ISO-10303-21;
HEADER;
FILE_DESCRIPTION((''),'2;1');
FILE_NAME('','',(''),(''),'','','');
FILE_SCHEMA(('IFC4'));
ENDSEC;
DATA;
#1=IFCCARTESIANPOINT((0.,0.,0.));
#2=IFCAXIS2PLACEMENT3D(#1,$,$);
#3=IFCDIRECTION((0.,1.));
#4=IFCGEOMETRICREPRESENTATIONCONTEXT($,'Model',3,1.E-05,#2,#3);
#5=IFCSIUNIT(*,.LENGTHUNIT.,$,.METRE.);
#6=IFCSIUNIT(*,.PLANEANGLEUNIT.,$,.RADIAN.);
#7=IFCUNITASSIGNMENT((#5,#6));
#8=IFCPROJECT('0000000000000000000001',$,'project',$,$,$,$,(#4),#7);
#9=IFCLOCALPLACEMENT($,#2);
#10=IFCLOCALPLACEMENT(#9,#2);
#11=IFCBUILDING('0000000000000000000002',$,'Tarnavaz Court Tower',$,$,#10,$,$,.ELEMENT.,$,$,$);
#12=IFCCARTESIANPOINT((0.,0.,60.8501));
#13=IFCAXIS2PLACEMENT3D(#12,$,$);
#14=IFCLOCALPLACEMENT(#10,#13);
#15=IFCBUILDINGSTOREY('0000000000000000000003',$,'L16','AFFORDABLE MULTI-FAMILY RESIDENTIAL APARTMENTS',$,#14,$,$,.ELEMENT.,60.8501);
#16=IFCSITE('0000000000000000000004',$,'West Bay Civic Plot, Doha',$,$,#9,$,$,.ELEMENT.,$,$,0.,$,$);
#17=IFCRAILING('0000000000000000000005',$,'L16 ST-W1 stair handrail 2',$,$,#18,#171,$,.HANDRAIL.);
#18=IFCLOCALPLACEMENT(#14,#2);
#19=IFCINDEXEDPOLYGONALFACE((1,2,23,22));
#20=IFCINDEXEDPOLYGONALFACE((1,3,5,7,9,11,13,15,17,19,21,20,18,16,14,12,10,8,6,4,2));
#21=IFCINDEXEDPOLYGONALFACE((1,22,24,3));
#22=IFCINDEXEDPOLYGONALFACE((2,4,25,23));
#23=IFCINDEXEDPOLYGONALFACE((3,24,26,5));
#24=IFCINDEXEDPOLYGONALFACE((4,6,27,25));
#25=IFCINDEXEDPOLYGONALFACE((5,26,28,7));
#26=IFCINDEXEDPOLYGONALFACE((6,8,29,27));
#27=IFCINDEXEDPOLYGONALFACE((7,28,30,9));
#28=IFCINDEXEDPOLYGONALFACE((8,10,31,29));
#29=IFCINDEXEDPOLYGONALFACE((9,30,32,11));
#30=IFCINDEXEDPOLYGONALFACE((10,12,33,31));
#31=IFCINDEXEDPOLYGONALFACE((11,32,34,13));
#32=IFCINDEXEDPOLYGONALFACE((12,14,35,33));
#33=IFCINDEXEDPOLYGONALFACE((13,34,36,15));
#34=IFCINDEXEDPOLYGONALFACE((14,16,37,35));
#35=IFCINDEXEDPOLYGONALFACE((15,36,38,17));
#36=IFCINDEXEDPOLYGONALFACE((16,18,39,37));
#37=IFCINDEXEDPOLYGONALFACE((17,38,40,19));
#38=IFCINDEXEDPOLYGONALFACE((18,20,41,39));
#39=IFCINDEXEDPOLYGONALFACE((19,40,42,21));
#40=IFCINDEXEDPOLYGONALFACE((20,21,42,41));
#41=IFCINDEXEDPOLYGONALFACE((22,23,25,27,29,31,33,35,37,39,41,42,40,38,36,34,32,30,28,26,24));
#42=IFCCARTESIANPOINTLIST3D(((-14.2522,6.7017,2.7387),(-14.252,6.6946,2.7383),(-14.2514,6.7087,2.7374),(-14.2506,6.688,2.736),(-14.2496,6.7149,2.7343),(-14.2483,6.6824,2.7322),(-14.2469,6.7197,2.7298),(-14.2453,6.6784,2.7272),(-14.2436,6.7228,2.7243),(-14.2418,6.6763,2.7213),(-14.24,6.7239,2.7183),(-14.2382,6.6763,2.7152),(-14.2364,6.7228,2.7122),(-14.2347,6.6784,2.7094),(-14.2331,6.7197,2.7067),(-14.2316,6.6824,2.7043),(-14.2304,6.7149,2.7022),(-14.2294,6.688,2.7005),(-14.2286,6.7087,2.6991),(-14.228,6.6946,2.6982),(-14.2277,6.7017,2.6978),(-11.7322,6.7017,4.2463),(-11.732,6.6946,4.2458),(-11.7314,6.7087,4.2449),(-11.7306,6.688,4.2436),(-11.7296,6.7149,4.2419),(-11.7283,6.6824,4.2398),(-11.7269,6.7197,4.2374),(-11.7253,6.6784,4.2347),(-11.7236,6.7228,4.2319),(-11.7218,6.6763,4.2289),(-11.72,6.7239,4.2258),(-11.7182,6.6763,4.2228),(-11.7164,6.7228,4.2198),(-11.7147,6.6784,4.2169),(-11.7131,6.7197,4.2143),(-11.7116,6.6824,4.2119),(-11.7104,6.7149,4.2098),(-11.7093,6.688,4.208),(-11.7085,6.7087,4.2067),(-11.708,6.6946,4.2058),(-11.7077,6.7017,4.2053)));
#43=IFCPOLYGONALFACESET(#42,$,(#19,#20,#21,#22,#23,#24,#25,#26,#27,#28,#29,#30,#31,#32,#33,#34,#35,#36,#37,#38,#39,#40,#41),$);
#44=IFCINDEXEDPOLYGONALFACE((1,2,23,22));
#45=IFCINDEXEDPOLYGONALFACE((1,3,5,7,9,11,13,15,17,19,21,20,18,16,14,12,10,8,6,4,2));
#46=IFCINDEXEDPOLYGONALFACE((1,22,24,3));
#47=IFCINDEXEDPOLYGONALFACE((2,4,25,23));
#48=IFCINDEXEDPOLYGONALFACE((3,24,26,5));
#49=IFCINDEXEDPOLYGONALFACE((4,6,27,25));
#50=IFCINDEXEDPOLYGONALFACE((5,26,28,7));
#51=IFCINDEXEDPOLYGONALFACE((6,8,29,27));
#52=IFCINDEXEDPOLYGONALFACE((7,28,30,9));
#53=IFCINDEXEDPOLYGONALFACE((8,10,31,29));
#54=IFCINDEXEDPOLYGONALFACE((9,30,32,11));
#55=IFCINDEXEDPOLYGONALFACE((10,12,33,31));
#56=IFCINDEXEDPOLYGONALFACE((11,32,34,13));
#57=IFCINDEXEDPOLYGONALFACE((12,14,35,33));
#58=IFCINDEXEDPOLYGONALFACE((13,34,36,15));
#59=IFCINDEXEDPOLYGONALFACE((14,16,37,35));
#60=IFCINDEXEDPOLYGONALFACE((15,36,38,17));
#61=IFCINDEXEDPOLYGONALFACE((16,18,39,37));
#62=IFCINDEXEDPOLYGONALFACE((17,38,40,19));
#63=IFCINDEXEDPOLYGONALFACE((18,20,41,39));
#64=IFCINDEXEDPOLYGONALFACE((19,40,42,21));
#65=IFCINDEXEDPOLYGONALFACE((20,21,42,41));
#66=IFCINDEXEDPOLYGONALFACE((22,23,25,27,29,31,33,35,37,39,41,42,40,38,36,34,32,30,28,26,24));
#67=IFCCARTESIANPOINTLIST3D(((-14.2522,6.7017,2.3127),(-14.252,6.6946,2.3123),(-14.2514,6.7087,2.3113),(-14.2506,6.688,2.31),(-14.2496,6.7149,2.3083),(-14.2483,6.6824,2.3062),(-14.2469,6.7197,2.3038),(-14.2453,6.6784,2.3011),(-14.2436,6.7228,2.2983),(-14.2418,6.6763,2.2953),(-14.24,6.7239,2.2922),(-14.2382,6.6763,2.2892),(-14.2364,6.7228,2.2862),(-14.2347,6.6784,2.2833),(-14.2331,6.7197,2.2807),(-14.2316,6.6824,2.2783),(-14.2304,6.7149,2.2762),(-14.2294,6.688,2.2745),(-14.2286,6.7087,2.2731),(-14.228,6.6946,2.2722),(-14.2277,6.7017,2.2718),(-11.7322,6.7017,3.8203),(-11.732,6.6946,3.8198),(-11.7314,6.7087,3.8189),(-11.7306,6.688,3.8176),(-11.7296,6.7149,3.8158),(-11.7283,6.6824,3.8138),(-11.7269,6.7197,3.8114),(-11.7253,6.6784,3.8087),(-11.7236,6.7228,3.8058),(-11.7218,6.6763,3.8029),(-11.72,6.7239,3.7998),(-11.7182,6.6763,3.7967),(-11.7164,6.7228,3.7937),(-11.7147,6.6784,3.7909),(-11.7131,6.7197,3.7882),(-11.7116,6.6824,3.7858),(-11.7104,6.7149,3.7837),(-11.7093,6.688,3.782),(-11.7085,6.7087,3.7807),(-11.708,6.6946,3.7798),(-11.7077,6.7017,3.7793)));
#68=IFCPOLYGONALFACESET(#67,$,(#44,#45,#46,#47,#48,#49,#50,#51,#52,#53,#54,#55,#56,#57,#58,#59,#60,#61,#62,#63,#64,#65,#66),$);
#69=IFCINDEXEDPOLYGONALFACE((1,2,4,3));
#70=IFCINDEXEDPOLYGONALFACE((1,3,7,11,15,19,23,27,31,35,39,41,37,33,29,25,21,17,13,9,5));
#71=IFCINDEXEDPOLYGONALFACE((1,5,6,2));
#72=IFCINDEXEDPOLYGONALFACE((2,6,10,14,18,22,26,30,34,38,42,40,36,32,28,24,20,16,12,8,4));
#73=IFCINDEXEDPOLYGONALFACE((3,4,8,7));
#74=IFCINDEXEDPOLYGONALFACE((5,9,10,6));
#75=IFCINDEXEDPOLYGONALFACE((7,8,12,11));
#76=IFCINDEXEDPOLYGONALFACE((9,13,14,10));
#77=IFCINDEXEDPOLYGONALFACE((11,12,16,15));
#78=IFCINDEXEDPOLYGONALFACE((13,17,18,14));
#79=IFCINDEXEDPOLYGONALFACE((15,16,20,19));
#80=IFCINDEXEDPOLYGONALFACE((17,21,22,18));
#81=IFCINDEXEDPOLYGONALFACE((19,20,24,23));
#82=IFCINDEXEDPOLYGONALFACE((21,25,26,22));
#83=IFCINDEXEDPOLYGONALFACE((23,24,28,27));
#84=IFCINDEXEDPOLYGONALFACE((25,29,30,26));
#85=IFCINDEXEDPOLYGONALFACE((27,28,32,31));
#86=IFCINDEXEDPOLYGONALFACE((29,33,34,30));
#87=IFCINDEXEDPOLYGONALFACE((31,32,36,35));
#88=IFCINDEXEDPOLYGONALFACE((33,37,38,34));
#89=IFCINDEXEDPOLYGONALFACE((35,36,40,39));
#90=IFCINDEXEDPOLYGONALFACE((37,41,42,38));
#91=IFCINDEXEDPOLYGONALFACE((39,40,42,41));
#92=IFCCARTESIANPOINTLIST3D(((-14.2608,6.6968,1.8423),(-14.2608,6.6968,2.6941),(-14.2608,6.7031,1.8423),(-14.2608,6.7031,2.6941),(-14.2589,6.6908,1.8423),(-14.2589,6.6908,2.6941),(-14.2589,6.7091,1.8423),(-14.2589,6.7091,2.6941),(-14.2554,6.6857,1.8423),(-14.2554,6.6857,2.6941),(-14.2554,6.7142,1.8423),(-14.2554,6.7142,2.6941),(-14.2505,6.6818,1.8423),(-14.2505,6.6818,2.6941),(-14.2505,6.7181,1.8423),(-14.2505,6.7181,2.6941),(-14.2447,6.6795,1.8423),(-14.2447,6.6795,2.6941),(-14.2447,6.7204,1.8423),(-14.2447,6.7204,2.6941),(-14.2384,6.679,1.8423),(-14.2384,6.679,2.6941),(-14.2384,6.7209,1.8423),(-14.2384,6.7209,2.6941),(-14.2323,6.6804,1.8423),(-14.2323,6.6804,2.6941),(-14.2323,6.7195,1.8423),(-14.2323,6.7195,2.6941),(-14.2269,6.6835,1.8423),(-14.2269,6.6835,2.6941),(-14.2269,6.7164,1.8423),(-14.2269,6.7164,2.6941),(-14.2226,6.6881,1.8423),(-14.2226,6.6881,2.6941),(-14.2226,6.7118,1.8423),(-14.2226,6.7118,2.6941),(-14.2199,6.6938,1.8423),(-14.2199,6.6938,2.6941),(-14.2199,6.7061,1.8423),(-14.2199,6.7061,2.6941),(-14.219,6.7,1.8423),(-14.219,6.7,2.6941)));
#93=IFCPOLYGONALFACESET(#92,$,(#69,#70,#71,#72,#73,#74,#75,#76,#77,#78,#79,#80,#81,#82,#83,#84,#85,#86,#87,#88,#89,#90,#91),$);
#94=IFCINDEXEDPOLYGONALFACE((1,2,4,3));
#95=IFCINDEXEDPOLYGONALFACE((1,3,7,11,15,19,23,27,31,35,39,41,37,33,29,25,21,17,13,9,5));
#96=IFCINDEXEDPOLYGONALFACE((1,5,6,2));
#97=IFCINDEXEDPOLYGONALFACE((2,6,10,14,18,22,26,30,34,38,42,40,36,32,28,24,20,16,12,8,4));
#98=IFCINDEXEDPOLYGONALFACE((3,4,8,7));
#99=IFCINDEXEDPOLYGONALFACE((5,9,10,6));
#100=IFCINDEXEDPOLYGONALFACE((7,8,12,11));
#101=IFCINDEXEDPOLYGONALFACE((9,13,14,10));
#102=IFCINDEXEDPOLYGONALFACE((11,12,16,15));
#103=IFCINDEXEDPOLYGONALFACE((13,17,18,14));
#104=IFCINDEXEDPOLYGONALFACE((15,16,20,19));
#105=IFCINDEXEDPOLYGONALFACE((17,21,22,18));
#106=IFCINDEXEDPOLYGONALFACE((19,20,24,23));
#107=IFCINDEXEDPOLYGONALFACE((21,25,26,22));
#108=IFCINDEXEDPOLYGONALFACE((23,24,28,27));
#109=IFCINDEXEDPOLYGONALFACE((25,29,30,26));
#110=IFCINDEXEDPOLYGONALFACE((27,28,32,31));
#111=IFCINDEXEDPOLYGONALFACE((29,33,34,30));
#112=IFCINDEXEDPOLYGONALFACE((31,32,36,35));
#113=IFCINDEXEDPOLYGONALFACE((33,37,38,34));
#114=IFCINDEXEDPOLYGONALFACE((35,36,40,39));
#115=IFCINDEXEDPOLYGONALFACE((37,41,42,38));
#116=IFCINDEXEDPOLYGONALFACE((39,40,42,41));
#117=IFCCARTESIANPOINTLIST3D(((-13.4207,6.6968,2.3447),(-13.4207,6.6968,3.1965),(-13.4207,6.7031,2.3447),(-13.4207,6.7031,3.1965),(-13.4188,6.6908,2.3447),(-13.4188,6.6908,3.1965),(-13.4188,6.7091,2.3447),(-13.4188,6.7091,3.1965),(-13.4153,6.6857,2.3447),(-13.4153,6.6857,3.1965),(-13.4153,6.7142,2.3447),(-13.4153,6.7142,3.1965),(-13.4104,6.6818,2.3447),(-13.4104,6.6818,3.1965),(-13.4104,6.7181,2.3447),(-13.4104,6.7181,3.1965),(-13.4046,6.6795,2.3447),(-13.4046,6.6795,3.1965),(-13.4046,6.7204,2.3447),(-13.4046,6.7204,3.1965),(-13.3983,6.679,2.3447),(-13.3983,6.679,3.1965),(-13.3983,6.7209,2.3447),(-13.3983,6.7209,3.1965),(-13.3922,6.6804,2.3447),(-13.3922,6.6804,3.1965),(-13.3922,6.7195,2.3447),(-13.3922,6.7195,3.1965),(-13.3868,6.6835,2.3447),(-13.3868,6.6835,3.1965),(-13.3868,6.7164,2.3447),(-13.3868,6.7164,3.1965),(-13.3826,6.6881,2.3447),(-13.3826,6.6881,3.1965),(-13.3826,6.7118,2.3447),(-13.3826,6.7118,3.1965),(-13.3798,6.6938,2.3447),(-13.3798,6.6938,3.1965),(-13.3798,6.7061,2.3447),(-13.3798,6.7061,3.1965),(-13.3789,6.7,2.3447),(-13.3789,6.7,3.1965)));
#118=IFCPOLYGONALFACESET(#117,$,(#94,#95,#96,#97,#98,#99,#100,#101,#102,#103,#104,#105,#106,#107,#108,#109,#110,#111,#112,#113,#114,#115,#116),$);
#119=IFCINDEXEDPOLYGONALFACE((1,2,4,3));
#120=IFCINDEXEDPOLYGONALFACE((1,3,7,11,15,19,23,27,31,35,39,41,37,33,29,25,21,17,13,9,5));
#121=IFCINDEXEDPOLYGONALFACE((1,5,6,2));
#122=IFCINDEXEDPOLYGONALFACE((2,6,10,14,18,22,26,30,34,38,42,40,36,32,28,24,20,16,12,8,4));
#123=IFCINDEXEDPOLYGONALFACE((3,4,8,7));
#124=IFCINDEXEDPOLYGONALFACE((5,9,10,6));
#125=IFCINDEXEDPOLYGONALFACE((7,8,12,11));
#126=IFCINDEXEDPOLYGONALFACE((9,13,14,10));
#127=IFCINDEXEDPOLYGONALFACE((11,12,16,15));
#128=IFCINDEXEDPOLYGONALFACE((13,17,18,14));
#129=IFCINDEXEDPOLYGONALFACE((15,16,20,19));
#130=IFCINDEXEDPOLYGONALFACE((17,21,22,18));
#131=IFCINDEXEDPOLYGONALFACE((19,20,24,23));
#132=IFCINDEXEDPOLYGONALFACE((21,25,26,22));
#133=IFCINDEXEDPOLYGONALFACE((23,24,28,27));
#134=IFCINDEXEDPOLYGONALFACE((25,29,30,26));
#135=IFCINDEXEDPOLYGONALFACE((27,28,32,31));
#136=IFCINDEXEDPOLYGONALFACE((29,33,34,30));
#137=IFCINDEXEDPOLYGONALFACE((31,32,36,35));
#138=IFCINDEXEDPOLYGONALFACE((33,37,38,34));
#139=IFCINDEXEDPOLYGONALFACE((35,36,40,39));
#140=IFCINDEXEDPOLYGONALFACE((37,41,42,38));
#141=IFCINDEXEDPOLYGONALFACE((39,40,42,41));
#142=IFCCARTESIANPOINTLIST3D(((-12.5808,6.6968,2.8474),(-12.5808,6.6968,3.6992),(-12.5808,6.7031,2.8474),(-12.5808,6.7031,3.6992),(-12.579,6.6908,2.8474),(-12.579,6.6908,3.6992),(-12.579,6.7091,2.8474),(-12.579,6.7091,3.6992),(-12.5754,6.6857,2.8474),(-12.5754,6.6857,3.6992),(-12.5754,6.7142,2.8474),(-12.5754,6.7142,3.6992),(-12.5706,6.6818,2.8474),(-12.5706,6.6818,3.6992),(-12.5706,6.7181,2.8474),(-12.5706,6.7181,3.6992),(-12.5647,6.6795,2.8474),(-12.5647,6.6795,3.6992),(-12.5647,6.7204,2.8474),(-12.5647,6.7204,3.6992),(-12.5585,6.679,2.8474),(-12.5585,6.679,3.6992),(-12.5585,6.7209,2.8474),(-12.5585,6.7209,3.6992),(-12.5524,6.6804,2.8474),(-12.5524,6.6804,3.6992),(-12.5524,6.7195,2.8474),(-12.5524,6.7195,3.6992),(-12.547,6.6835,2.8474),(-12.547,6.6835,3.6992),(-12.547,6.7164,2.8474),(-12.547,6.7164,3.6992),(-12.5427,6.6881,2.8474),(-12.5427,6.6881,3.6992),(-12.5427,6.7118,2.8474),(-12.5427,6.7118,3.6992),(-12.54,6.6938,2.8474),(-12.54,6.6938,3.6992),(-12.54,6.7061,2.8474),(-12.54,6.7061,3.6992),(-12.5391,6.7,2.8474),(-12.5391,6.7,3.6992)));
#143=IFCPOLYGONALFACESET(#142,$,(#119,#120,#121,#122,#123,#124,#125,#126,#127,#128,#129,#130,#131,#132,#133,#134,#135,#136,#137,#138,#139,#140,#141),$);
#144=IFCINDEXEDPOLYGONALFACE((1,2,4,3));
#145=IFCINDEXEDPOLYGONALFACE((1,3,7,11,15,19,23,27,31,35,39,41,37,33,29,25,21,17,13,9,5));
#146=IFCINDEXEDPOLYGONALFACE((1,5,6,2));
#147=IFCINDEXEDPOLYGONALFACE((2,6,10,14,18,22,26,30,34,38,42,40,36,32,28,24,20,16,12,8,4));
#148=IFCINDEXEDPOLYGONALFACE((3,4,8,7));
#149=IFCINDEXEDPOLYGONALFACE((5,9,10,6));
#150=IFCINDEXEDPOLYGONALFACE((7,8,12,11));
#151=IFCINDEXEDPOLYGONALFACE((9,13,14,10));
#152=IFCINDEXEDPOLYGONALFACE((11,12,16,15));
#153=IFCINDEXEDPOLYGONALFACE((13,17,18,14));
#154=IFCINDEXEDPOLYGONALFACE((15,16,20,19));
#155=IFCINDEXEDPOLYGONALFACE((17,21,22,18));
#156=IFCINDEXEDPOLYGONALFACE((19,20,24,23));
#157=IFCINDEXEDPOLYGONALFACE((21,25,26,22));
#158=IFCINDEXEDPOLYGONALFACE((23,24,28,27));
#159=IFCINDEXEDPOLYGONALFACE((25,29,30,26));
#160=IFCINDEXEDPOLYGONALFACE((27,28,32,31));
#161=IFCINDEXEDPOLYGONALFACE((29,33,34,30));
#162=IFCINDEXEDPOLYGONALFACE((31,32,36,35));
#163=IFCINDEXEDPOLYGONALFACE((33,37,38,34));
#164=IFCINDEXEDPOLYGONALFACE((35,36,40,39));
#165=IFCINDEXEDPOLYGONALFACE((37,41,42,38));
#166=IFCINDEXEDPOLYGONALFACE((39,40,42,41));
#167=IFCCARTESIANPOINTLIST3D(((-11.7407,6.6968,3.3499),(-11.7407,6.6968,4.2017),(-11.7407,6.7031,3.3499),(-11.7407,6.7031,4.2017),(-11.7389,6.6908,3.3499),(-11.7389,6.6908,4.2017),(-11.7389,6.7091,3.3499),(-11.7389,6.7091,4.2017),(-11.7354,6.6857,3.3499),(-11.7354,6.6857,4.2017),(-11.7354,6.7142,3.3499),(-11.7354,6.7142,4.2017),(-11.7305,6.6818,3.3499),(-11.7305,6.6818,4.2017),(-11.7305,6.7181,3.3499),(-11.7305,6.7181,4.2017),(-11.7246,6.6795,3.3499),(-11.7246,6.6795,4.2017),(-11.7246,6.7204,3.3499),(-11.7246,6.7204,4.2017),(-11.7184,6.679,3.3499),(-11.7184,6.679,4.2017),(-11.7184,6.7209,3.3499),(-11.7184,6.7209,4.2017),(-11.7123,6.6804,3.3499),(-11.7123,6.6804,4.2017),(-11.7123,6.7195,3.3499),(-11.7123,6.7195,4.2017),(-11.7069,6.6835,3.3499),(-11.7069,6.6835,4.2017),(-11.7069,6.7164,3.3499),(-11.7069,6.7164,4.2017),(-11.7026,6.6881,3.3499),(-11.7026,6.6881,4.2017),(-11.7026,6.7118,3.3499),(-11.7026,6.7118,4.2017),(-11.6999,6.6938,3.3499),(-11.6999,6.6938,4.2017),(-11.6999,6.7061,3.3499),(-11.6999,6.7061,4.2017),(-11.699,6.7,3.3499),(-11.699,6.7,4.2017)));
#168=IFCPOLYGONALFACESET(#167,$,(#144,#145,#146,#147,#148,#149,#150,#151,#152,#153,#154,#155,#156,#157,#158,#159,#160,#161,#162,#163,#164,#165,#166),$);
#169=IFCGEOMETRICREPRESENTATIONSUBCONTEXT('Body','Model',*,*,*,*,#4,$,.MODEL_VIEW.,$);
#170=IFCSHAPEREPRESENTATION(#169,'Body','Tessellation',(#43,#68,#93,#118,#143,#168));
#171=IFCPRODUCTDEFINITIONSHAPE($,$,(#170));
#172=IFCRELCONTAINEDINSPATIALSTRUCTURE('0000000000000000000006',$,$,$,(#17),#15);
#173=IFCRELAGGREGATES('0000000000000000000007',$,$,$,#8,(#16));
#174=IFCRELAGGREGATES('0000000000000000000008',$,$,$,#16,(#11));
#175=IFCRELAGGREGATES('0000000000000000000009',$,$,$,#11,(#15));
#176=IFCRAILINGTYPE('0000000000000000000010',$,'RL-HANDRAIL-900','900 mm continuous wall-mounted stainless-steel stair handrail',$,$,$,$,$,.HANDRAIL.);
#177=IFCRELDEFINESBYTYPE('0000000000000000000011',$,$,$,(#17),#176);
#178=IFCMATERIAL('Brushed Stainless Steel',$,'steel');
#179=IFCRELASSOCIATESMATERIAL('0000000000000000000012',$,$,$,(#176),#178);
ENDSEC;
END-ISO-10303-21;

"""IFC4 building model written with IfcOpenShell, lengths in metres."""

from ifc_helpers import new_model, si_unit, direction, frame, origin, origin_2d, place, context, subcontext, project, spatial, circle, extrude, material, type_object, element, save


model = new_model("IFC4")

# Units and contexts
model_context = context("Model", 3, precision=1e-05, world=origin(), true_north=direction((0.0, 1.0)))
body_context = subcontext(model_context, "Body", "Model", "MODEL_VIEW")
ifc_project = project(units=[si_unit("LENGTHUNIT", "METRE"), si_unit("PLANEANGLEUNIT", "RADIAN")], contexts=[model_context])

# Site, building, storey
site_placement = place(None, origin())
site = spatial("IfcSite", under=ifc_project, at=site_placement, Name="West Bay Civic Plot, Doha", CompositionType="ELEMENT", RefElevation=0.0)
building_placement = place(site_placement, origin())
building = spatial("IfcBuilding", under=site, at=building_placement, Name="Tarnavaz Court Tower", CompositionType="ELEMENT")
storey_placement = place(building_placement, frame((0.0, 0.0, 60.8501)))
storey = spatial("IfcBuildingStorey", under=building, at=storey_placement, Name="L16", Description="AFFORDABLE MULTI-FAMILY RESIDENTIAL APARTMENTS", CompositionType="ELEMENT", Elevation=60.8501)

# Railing
ifc_material_1 = material(Name="Brushed Stainless Steel", Category="steel")
railing_type_1 = type_object("IfcRailingType", Name="RL-HANDRAIL-900", Description="900 mm continuous wall-mounted stainless-steel stair handrail", PredefinedType="HANDRAIL", material=ifc_material_1)
railing_1_placement = place(storey_placement, frame((-14.24, 6.7, 1.8423)))
element("IfcRailing", 1, at=railing_1_placement, inside=storey, type_object=railing_type_1, Name="L16 ST-W1 stair handrail 2", PredefinedType="HANDRAIL", context=body_context, shape_type="SweptSolid", body=[
    extrude(circle(Radius=0.0239, at=origin_2d()), frame((0.0, 0.0, 0.876), z_axis=(0.85816, 0.0, 0.513383), x_axis=(0.0, 1.0, 0.0)), (0.0, 0.0, 1.0), 2.9365),
    extrude(circle(Radius=0.0239, at=origin_2d()), frame((0.0, 0.0, 0.45), z_axis=(0.85816, 0.0, 0.513383), x_axis=(0.0, 1.0, 0.0)), (0.0, 0.0, 1.0), 2.9365),
    extrude(circle(Radius=0.021, at=origin_2d()), origin(), (0.0, 0.0, 1.0), 0.8518),
    extrude(circle(Radius=0.021, at=origin_2d()), frame((0.8401, 0.0, 0.5024)), (0.0, 0.0, 1.0), 0.8518),
    extrude(circle(Radius=0.021, at=origin_2d()), frame((1.6799, 0.0, 1.0051)), (0.0, 0.0, 1.0), 0.8518),
    extrude(circle(Radius=0.021, at=origin_2d()), frame((2.52, 0.0, 1.5076)), (0.0, 0.0, 1.0), 0.8518),
])

save(model, "model.ifc")
